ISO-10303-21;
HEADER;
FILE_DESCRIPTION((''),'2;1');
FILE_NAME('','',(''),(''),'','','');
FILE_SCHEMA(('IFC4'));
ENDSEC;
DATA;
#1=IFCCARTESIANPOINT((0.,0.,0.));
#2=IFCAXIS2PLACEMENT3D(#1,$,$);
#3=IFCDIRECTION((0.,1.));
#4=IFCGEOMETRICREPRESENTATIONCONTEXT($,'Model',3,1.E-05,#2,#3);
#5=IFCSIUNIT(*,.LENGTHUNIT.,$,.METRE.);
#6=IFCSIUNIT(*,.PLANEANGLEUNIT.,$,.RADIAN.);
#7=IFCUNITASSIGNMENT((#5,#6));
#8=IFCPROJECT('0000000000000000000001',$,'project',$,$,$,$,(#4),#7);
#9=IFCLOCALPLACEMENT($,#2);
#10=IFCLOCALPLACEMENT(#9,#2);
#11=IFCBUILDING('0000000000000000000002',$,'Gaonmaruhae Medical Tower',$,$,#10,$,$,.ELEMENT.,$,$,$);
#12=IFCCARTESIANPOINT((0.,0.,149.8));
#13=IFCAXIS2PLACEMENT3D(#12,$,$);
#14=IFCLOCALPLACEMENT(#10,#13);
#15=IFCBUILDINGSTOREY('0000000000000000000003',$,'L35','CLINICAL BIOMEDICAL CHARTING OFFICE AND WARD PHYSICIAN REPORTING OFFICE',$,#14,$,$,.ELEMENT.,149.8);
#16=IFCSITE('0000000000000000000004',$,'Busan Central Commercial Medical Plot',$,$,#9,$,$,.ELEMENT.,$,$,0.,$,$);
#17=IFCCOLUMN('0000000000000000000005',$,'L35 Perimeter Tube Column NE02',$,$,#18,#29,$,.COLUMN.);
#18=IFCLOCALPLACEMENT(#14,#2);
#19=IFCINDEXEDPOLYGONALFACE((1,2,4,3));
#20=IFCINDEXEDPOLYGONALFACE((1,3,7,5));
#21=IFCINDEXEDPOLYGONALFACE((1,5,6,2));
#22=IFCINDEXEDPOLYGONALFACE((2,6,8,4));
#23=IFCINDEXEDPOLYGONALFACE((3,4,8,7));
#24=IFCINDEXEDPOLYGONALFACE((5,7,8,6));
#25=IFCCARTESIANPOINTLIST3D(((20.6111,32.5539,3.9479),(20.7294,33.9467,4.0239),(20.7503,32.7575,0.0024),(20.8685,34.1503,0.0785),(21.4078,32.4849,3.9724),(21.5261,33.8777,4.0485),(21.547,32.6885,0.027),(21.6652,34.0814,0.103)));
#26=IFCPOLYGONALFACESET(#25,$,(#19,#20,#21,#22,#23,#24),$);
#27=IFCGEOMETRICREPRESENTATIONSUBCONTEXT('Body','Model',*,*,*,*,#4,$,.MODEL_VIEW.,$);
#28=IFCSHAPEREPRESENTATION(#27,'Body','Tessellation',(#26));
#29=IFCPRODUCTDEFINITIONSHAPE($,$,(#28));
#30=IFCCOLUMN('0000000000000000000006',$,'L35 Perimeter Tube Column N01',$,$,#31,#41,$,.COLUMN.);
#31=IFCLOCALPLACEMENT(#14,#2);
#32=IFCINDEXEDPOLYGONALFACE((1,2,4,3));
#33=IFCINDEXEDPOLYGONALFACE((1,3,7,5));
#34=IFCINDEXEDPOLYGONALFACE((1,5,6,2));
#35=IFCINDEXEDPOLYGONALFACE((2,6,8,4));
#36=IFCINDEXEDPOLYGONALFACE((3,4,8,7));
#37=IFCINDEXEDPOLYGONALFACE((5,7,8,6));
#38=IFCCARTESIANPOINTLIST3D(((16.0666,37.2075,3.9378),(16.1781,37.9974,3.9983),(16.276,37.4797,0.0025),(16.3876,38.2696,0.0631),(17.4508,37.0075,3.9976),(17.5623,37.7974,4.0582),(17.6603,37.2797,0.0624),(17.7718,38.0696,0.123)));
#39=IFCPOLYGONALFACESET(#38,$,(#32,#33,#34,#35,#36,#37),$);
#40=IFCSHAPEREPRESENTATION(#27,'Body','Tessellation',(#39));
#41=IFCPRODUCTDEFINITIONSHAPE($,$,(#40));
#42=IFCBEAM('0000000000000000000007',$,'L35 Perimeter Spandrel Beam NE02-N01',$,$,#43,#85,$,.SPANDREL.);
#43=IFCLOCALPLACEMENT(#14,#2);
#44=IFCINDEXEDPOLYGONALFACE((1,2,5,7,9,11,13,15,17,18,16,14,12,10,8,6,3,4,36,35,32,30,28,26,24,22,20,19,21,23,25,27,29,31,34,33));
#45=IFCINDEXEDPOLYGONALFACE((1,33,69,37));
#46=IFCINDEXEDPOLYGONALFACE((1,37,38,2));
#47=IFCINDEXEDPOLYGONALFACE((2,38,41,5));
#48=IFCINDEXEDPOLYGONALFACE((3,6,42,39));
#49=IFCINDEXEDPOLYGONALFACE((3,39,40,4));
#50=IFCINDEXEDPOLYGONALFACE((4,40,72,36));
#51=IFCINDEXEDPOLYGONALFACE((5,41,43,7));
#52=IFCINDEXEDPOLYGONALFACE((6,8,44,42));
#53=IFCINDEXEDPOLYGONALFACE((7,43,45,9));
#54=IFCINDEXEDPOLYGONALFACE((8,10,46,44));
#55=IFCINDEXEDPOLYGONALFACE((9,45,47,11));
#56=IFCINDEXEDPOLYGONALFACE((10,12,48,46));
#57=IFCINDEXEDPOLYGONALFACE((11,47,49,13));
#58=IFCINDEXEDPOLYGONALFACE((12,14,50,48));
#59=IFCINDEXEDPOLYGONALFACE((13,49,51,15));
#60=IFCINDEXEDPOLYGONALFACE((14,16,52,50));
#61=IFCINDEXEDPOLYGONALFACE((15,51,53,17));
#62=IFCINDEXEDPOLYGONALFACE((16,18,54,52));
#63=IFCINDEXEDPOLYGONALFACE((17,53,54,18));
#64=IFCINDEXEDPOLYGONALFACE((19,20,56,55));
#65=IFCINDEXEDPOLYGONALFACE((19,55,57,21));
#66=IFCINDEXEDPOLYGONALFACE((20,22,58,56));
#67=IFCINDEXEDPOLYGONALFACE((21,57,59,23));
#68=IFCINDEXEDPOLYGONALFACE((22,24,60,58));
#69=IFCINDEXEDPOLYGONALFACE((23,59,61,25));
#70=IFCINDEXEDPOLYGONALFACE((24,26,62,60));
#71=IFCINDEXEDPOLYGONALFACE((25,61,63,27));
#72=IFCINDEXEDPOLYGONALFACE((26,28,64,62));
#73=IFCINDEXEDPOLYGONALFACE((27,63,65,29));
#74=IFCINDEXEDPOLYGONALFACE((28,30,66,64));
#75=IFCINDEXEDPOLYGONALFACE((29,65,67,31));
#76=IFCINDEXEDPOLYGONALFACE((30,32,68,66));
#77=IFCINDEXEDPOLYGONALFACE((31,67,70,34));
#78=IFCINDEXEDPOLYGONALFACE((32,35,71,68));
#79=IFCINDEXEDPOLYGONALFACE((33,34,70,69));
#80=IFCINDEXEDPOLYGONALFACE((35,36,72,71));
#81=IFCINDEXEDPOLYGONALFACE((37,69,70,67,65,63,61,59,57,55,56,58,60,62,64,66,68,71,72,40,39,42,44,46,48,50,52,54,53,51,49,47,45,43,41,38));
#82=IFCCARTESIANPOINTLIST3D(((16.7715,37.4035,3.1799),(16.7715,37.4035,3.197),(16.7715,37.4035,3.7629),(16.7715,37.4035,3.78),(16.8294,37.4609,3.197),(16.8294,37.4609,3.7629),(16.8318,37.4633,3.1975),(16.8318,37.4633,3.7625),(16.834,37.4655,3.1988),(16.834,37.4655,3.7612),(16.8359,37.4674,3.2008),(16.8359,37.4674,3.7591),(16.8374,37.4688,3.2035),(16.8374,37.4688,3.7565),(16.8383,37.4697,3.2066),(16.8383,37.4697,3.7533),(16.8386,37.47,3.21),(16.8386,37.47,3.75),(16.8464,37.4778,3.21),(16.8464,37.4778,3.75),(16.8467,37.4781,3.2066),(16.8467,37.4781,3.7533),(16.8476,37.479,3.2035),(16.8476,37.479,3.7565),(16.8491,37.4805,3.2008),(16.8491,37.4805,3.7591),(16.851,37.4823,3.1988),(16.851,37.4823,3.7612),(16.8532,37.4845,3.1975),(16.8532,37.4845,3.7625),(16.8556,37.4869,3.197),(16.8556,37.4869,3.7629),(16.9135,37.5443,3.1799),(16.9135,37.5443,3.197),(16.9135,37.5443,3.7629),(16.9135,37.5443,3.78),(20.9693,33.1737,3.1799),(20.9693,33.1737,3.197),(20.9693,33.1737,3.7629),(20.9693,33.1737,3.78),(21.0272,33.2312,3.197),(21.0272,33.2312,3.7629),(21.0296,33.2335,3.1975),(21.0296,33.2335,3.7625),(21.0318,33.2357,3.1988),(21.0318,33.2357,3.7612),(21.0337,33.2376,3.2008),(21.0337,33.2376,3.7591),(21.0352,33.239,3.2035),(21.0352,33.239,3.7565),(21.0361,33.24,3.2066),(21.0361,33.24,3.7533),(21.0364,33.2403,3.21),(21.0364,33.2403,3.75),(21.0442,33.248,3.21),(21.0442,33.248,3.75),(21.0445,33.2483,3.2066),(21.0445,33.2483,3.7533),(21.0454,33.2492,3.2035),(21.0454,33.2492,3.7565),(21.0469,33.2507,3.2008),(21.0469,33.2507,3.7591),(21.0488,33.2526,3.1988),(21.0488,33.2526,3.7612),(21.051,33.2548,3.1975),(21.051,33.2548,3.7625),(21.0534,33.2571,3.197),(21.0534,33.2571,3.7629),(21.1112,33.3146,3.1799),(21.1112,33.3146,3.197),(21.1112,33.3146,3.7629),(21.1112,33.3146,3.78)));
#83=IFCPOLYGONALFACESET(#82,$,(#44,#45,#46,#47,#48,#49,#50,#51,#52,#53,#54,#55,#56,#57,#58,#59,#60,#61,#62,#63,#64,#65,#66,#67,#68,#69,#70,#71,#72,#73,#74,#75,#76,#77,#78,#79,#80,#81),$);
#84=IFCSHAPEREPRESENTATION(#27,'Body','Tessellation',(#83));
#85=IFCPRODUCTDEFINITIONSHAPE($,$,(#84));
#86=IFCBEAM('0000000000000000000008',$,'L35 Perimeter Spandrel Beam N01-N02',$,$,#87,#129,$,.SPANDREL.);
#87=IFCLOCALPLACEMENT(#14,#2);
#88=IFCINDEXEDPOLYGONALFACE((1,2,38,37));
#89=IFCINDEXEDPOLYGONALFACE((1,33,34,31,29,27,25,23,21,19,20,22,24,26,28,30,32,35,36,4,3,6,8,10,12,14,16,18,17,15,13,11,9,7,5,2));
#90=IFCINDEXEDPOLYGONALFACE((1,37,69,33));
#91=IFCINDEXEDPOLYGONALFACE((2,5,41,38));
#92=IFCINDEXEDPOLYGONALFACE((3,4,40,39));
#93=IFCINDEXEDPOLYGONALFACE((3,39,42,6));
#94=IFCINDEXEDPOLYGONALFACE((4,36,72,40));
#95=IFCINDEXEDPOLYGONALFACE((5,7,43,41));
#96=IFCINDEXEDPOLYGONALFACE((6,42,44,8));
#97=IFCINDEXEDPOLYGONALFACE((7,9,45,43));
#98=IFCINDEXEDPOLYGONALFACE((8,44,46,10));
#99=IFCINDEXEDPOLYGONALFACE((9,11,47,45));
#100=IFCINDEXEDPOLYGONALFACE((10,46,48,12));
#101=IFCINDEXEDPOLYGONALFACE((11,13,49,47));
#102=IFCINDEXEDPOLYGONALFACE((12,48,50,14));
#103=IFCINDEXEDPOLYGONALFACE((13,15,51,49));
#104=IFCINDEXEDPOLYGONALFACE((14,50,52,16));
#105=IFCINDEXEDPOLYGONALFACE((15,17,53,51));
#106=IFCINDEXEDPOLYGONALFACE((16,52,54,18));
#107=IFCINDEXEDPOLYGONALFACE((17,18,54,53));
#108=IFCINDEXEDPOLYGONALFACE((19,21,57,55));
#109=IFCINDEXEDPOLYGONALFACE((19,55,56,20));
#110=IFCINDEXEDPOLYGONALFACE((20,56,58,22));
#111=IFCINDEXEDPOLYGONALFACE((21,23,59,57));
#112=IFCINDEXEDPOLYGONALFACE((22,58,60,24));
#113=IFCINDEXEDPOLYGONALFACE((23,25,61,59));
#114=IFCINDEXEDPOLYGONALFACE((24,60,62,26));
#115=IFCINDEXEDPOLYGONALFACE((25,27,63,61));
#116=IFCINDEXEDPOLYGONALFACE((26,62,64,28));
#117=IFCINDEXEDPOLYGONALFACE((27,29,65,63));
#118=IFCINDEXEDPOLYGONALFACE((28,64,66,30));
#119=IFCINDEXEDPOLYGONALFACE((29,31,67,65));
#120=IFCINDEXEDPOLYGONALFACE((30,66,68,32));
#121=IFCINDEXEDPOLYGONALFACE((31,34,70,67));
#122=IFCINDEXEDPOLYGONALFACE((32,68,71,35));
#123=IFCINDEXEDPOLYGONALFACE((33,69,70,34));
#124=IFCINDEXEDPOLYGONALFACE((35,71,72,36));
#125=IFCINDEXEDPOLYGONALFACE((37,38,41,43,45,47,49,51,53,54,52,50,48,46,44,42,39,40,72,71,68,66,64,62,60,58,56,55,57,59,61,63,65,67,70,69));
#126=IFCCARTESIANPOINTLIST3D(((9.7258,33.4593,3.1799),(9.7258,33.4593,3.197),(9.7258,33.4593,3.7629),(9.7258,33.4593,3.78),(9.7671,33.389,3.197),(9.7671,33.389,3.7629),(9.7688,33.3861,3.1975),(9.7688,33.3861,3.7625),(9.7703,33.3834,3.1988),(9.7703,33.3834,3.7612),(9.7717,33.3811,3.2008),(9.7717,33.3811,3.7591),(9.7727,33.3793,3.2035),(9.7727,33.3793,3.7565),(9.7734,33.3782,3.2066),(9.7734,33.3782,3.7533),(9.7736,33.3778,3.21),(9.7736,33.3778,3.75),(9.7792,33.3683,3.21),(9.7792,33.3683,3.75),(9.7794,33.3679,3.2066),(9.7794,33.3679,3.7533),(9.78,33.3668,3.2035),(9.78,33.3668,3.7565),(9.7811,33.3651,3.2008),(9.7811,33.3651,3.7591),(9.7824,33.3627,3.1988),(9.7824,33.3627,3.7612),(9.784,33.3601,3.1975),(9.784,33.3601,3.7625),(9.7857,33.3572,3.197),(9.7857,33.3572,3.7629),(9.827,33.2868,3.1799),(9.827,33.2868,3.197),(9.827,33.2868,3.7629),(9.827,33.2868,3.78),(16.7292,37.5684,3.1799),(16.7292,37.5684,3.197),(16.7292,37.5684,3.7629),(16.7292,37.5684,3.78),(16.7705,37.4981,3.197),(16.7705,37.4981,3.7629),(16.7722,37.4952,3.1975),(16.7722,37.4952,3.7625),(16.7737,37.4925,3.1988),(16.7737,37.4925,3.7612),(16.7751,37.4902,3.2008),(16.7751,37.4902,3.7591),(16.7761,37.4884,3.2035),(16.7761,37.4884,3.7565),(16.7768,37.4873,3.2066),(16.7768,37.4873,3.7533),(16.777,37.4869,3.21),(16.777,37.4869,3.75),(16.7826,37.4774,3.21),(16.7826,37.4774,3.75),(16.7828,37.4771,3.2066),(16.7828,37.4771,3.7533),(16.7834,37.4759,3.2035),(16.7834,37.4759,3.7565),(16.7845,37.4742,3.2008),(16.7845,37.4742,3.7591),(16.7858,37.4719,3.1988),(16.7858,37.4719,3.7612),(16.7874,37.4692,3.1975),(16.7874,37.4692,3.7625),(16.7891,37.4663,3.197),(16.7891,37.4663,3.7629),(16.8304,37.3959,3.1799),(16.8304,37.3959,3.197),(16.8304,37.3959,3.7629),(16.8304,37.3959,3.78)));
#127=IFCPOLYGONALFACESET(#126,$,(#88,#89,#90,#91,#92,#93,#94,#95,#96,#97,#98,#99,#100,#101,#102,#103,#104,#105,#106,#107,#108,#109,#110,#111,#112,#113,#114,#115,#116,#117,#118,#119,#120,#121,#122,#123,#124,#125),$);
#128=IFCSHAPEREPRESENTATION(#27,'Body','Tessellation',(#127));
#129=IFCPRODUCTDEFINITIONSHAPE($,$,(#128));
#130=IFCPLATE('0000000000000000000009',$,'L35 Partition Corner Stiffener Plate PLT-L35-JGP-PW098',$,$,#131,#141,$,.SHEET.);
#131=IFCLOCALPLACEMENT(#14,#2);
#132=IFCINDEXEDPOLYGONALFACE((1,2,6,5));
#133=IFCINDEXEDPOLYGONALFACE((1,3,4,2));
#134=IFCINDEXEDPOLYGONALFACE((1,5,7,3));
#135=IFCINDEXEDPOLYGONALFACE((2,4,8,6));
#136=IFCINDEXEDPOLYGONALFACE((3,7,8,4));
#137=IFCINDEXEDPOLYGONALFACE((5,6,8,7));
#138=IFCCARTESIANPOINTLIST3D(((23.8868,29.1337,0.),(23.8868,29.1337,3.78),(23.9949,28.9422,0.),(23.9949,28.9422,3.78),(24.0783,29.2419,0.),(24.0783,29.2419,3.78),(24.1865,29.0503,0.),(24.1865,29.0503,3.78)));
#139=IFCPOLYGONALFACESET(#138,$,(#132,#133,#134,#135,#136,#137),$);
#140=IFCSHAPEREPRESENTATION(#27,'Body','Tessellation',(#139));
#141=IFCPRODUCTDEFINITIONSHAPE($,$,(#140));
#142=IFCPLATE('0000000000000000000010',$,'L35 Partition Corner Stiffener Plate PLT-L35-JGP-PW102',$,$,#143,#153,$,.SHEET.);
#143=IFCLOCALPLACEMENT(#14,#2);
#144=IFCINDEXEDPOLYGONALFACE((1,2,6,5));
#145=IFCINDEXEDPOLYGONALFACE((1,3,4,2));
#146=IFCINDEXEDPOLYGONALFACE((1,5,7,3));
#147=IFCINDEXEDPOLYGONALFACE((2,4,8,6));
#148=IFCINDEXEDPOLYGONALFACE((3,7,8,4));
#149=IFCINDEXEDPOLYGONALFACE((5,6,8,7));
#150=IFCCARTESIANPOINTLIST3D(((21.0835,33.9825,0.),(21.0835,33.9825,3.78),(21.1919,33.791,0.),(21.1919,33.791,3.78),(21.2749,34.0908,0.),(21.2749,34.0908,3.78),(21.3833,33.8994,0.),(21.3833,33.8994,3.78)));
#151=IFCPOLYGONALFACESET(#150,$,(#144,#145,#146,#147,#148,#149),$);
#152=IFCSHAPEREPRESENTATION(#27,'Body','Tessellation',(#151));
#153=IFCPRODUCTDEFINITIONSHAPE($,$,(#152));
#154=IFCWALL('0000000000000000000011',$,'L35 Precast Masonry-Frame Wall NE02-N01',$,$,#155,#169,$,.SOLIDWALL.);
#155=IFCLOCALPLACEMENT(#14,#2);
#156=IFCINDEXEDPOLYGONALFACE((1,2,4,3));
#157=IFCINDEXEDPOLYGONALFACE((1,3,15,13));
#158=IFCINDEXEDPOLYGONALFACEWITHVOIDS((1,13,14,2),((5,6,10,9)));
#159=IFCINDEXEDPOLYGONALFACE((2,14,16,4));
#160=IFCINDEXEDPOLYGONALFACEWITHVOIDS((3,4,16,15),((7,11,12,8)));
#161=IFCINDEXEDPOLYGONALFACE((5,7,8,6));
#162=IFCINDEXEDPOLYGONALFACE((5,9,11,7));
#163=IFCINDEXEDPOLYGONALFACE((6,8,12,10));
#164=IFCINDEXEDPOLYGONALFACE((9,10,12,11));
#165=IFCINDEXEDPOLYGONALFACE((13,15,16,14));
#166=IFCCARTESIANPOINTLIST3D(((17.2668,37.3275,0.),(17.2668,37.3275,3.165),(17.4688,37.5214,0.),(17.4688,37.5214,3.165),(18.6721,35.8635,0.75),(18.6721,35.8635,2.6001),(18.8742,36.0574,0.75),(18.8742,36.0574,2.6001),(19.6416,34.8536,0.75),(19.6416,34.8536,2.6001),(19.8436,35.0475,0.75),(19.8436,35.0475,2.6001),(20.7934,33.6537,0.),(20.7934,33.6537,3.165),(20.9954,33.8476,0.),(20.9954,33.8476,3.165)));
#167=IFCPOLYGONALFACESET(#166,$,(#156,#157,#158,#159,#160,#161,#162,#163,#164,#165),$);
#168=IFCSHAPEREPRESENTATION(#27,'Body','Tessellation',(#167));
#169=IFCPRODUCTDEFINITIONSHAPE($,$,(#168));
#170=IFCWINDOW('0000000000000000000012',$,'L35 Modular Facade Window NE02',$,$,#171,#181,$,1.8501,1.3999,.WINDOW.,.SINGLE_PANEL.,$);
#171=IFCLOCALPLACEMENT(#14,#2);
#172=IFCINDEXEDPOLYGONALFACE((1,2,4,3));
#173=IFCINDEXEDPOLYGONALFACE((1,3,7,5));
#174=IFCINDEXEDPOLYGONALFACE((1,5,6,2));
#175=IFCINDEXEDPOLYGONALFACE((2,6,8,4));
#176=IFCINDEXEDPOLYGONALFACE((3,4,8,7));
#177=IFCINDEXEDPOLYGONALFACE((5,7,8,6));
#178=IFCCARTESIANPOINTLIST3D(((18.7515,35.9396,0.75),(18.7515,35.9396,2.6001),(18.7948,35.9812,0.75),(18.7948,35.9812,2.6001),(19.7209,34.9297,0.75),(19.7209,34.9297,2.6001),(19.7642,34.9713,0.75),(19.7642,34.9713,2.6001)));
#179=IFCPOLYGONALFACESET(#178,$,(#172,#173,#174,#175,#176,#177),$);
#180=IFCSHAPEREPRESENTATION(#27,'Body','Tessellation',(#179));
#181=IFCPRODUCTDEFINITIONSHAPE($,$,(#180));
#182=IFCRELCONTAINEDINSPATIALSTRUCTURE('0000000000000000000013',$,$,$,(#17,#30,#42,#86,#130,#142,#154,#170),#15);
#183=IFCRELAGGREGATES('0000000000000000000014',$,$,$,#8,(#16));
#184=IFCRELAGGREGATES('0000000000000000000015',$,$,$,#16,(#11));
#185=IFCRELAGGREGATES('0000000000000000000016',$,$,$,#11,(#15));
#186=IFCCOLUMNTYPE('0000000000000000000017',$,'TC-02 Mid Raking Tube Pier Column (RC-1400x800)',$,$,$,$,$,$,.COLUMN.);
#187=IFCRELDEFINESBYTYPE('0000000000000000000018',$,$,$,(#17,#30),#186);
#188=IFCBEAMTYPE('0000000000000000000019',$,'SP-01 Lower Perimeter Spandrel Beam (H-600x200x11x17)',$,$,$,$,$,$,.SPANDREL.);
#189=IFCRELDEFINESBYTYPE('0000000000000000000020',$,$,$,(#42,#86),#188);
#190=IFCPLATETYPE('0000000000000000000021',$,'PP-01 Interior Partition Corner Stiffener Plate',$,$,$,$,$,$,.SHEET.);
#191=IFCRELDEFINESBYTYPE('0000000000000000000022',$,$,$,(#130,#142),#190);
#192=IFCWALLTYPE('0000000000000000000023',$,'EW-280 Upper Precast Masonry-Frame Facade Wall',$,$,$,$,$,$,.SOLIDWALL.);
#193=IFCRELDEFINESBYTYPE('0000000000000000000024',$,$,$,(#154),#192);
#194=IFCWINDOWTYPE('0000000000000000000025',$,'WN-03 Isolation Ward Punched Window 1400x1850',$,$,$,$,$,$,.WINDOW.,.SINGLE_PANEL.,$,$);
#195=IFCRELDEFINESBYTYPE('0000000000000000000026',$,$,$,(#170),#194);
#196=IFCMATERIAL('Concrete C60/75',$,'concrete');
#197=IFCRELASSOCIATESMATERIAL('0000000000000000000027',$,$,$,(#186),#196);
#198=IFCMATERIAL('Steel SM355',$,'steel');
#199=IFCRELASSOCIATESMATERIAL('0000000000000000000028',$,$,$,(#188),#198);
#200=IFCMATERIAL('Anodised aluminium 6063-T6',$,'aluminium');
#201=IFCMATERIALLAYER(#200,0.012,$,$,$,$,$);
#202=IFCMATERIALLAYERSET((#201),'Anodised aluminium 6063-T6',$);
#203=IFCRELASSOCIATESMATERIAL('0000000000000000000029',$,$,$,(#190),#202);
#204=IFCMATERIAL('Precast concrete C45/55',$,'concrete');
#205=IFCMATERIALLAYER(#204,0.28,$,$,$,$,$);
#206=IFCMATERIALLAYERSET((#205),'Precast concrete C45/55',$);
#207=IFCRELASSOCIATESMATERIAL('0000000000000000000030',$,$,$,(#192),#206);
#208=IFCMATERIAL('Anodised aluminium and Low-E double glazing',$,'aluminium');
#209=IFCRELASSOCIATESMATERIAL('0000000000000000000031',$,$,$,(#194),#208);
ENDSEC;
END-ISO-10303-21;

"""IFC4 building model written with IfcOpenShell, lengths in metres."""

from ifc_helpers import new_model, si_unit, direction, frame, frame_2d, origin, origin_2d, place, context, subcontext, project, spatial, rectangle, i_section, extrude, material, layer, layer_set, material_profile, profile_set, type_object, element, fill, save


model = new_model("IFC4")

# Units and contexts
model_context = context("Model", 3, precision=1e-05, world=origin(), true_north=direction((0.0, 1.0)))
body_context = subcontext(model_context, "Body", "Model", "MODEL_VIEW")
ifc_project = project(units=[si_unit("LENGTHUNIT", "METRE"), si_unit("PLANEANGLEUNIT", "RADIAN")], contexts=[model_context])

# Site, building, storey
site_placement = place(None, origin())
site = spatial("IfcSite", under=ifc_project, at=site_placement, Name="Busan Central Commercial Medical Plot", CompositionType="ELEMENT", RefElevation=0.0)
building_placement = place(site_placement, origin())
building = spatial("IfcBuilding", under=site, at=building_placement, Name="Gaonmaruhae Medical Tower", CompositionType="ELEMENT")
storey_placement = place(building_placement, frame((0.0, 0.0, 149.8)))
storey = spatial("IfcBuildingStorey", under=building, at=storey_placement, Name="L35", Description="CLINICAL BIOMEDICAL CHARTING OFFICE AND WARD PHYSICIAN REPORTING OFFICE", CompositionType="ELEMENT", Elevation=149.8)

# Columns
ifc_material_1 = material(Name="Concrete C60/75", Category="concrete")
ifc_material_profile_1 = material_profile(ifc_material_1, rectangle(XDim=1.3999, YDim=0.8, at=origin_2d()), Name="RC-1400x800")
ifc_profile_set_1 = profile_set([ifc_material_profile_1], Name="Concrete C60/75")
column_type = type_object("IfcColumnType", Name="TC-02 Mid Raking Tube Pier Column (RC-1400x800)", PredefinedType="COLUMN", material=ifc_profile_set_1)
column_1_placement = place(storey_placement, frame((21.2078, 33.4194, 0.0527), z_axis=(-0.035204, -0.051508, 0.998052), x_axis=(0.084473, 0.994944, 0.054328)))
element("IfcColumn", 1, at=column_1_placement, inside=storey, type_object=column_type, Name="L35 Perimeter Tube Column NE02", PredefinedType="COLUMN", context=body_context, shape_type="SweptSolid", body=[
    extrude(rectangle(XDim=1.3999, YDim=0.8, at=origin_2d()), origin(), (0.0, 0.0, 1.0), 3.9531),
])
column_2_placement = place(storey_placement, frame((17.0239, 37.7747, 0.0627), z_axis=(-0.053028, -0.068911, 0.996213), x_axis=(0.988818, -0.14287, 0.042751)))
element("IfcColumn", 2, at=column_2_placement, inside=storey, type_object=column_type, Name="L35 Perimeter Tube Column N01", PredefinedType="COLUMN", context=body_context, shape_type="SweptSolid", body=[
    extrude(rectangle(XDim=1.3999, YDim=0.8, at=origin_2d()), origin(), (0.0, 0.0, 1.0), 3.9502),
])

# Beams
ifc_material_2 = material(Name="Steel SM355", Category="steel")
ifc_material_profile_2 = material_profile(ifc_material_2, i_section(OverallWidth=0.2, OverallDepth=0.6001, WebThickness=0.011, FlangeThickness=0.0171, FilletRadius=0.0129, at=origin_2d()), Name="H-600x200x11x17")
ifc_profile_set_2 = profile_set([ifc_material_profile_2], Name="Steel SM355")
beam_type = type_object("IfcBeamType", Name="SP-01 Lower Perimeter Spandrel Beam (H-600x200x11x17)", PredefinedType="SPANDREL", material=ifc_profile_set_2)
beam_1_placement = place(storey_placement, frame((21.0403, 33.2441, 3.48), z_axis=(-0.704418, 0.709785, 0.0), x_axis=(-0.709785, -0.704418, 0.0)))
element("IfcBeam", 3, at=beam_1_placement, inside=storey, type_object=beam_type, Name="L35 Perimeter Spandrel Beam NE02-N01", PredefinedType="SPANDREL", context=body_context, shape_type="SweptSolid", body=[
    extrude(i_section(OverallWidth=0.2, OverallDepth=0.6001, WebThickness=0.011, FlangeThickness=0.0171, FilletRadius=0.0129, at=origin_2d()), origin(), (0.0, 0.0, 1.0), 5.9592),
])
beam_2_placement = place(storey_placement, frame((16.7798, 37.4822, 3.48), z_axis=(-0.8625, -0.506057, 0.0), x_axis=(0.506057, -0.8625, 0.0)))
element("IfcBeam", 4, at=beam_2_placement, inside=storey, type_object=beam_type, Name="L35 Perimeter Spandrel Beam N01-N02", PredefinedType="SPANDREL", context=body_context, shape_type="SweptSolid", body=[
    extrude(i_section(OverallWidth=0.2, OverallDepth=0.6001, WebThickness=0.011, FlangeThickness=0.0171, FilletRadius=0.0129, at=origin_2d()), origin(), (0.0, 0.0, 1.0), 8.1199),
])

# Plates
ifc_material_3 = material(Name="Anodised aluminium 6063-T6", Category="aluminium")
ifc_layer_1 = layer(ifc_material_3, 0.012)
ifc_layer_set_1 = layer_set([ifc_layer_1], Name="Anodised aluminium 6063-T6")
plate_type = type_object("IfcPlateType", Name="PP-01 Interior Partition Corner Stiffener Plate", PredefinedType="SHEET", material=ifc_layer_set_1)
for number, where, z_axis, x_axis, name in (
    (5, (24.0366, 29.092, 0.0), (0.0, 0.0, 1.0), (0.870777, 0.491679, 0.0), "L35 Partition Corner Stiffener Plate PLT-L35-JGP-PW098"),
    (6, (21.2334, 33.9409, 0.0), (0.0, 0.0, 1.0), (0.870261, 0.492591, 0.0), "L35 Partition Corner Stiffener Plate PLT-L35-JGP-PW102"),
):
    element("IfcPlate", number, at=place(storey_placement, frame(where, z_axis=z_axis, x_axis=x_axis)), inside=storey, type_object=plate_type, Name=name, PredefinedType="SHEET", context=body_context, shape_type="SweptSolid", body=[
        extrude(rectangle(XDim=0.22, YDim=0.22, at=origin_2d()), origin(), (0.0, 0.0, 1.0), 3.78),
    ])

# Wall, opening, window
ifc_material_4 = material(Name="Precast concrete C45/55", Category="concrete")
ifc_layer_2 = layer(ifc_material_4, 0.28)
ifc_layer_set_2 = layer_set([ifc_layer_2], Name="Precast concrete C45/55")
wall_type_1 = type_object("IfcWallType", Name="EW-280 Upper Precast Masonry-Frame Facade Wall", PredefinedType="SOLIDWALL", material=ifc_layer_set_2)
wall_1_placement = place(storey_placement, frame((17.3677, 37.4246, 0.0), z_axis=(0.0, 0.0, 1.0), x_axis=(0.692505, -0.721413, 0.0)))
wall_1 = element("IfcWall", 7, at=wall_1_placement, inside=storey, type_object=wall_type_1, Name="L35 Precast Masonry-Frame Wall NE02-N01", PredefinedType="SOLIDWALL", context=body_context, shape_type="SweptSolid", body=[
    extrude(rectangle(XDim=5.0925, YDim=0.28, at=frame_2d((2.5464, 0.0))), origin(), (0.0, 0.0, 1.0), 3.165),
])
opening_1_placement = place(wall_1_placement, frame((2.0295, 0.0, 0.75)))
opening_1 = element("IfcOpeningElement", 8, at=opening_1_placement, cuts=wall_1, PredefinedType="OPENING", context=body_context, shape_type="SweptSolid", body=[
    extrude(rectangle(XDim=1.3999, YDim=1.8501, at=frame_2d((0.7, 0.925))), frame((0.0, 0.1499, 0.0), z_axis=(0.0, -1.0, 0.0), x_axis=(1.0, 0.0, 0.0)), (0.0, 0.0, 1.0), 0.3),
])
ifc_material_5 = material(Name="Anodised aluminium and Low-E double glazing", Category="aluminium")
window_type = type_object("IfcWindowType", Name="WN-03 Isolation Ward Punched Window 1400x1850", PartitioningType="SINGLE_PANEL", PredefinedType="WINDOW", material=ifc_material_5)
window_placement = place(opening_1_placement, origin())
window = element("IfcWindow", 9, at=window_placement, inside=storey, type_object=window_type, Name="L35 Modular Facade Window NE02", OverallHeight=1.8501, OverallWidth=1.3999, PartitioningType="SINGLE_PANEL", PredefinedType="WINDOW", context=body_context, shape_type="SweptSolid", body=[
    extrude(rectangle(XDim=1.3999, YDim=1.8501, at=frame_2d((0.7, 0.925))), frame((0.0, 0.03, 0.0), z_axis=(0.0, -1.0, 0.0), x_axis=(1.0, 0.0, 0.0)), (0.0, 0.0, 1.0), 0.0601),
])
fill(opening_1, window)

save(model, "model.ifc")
